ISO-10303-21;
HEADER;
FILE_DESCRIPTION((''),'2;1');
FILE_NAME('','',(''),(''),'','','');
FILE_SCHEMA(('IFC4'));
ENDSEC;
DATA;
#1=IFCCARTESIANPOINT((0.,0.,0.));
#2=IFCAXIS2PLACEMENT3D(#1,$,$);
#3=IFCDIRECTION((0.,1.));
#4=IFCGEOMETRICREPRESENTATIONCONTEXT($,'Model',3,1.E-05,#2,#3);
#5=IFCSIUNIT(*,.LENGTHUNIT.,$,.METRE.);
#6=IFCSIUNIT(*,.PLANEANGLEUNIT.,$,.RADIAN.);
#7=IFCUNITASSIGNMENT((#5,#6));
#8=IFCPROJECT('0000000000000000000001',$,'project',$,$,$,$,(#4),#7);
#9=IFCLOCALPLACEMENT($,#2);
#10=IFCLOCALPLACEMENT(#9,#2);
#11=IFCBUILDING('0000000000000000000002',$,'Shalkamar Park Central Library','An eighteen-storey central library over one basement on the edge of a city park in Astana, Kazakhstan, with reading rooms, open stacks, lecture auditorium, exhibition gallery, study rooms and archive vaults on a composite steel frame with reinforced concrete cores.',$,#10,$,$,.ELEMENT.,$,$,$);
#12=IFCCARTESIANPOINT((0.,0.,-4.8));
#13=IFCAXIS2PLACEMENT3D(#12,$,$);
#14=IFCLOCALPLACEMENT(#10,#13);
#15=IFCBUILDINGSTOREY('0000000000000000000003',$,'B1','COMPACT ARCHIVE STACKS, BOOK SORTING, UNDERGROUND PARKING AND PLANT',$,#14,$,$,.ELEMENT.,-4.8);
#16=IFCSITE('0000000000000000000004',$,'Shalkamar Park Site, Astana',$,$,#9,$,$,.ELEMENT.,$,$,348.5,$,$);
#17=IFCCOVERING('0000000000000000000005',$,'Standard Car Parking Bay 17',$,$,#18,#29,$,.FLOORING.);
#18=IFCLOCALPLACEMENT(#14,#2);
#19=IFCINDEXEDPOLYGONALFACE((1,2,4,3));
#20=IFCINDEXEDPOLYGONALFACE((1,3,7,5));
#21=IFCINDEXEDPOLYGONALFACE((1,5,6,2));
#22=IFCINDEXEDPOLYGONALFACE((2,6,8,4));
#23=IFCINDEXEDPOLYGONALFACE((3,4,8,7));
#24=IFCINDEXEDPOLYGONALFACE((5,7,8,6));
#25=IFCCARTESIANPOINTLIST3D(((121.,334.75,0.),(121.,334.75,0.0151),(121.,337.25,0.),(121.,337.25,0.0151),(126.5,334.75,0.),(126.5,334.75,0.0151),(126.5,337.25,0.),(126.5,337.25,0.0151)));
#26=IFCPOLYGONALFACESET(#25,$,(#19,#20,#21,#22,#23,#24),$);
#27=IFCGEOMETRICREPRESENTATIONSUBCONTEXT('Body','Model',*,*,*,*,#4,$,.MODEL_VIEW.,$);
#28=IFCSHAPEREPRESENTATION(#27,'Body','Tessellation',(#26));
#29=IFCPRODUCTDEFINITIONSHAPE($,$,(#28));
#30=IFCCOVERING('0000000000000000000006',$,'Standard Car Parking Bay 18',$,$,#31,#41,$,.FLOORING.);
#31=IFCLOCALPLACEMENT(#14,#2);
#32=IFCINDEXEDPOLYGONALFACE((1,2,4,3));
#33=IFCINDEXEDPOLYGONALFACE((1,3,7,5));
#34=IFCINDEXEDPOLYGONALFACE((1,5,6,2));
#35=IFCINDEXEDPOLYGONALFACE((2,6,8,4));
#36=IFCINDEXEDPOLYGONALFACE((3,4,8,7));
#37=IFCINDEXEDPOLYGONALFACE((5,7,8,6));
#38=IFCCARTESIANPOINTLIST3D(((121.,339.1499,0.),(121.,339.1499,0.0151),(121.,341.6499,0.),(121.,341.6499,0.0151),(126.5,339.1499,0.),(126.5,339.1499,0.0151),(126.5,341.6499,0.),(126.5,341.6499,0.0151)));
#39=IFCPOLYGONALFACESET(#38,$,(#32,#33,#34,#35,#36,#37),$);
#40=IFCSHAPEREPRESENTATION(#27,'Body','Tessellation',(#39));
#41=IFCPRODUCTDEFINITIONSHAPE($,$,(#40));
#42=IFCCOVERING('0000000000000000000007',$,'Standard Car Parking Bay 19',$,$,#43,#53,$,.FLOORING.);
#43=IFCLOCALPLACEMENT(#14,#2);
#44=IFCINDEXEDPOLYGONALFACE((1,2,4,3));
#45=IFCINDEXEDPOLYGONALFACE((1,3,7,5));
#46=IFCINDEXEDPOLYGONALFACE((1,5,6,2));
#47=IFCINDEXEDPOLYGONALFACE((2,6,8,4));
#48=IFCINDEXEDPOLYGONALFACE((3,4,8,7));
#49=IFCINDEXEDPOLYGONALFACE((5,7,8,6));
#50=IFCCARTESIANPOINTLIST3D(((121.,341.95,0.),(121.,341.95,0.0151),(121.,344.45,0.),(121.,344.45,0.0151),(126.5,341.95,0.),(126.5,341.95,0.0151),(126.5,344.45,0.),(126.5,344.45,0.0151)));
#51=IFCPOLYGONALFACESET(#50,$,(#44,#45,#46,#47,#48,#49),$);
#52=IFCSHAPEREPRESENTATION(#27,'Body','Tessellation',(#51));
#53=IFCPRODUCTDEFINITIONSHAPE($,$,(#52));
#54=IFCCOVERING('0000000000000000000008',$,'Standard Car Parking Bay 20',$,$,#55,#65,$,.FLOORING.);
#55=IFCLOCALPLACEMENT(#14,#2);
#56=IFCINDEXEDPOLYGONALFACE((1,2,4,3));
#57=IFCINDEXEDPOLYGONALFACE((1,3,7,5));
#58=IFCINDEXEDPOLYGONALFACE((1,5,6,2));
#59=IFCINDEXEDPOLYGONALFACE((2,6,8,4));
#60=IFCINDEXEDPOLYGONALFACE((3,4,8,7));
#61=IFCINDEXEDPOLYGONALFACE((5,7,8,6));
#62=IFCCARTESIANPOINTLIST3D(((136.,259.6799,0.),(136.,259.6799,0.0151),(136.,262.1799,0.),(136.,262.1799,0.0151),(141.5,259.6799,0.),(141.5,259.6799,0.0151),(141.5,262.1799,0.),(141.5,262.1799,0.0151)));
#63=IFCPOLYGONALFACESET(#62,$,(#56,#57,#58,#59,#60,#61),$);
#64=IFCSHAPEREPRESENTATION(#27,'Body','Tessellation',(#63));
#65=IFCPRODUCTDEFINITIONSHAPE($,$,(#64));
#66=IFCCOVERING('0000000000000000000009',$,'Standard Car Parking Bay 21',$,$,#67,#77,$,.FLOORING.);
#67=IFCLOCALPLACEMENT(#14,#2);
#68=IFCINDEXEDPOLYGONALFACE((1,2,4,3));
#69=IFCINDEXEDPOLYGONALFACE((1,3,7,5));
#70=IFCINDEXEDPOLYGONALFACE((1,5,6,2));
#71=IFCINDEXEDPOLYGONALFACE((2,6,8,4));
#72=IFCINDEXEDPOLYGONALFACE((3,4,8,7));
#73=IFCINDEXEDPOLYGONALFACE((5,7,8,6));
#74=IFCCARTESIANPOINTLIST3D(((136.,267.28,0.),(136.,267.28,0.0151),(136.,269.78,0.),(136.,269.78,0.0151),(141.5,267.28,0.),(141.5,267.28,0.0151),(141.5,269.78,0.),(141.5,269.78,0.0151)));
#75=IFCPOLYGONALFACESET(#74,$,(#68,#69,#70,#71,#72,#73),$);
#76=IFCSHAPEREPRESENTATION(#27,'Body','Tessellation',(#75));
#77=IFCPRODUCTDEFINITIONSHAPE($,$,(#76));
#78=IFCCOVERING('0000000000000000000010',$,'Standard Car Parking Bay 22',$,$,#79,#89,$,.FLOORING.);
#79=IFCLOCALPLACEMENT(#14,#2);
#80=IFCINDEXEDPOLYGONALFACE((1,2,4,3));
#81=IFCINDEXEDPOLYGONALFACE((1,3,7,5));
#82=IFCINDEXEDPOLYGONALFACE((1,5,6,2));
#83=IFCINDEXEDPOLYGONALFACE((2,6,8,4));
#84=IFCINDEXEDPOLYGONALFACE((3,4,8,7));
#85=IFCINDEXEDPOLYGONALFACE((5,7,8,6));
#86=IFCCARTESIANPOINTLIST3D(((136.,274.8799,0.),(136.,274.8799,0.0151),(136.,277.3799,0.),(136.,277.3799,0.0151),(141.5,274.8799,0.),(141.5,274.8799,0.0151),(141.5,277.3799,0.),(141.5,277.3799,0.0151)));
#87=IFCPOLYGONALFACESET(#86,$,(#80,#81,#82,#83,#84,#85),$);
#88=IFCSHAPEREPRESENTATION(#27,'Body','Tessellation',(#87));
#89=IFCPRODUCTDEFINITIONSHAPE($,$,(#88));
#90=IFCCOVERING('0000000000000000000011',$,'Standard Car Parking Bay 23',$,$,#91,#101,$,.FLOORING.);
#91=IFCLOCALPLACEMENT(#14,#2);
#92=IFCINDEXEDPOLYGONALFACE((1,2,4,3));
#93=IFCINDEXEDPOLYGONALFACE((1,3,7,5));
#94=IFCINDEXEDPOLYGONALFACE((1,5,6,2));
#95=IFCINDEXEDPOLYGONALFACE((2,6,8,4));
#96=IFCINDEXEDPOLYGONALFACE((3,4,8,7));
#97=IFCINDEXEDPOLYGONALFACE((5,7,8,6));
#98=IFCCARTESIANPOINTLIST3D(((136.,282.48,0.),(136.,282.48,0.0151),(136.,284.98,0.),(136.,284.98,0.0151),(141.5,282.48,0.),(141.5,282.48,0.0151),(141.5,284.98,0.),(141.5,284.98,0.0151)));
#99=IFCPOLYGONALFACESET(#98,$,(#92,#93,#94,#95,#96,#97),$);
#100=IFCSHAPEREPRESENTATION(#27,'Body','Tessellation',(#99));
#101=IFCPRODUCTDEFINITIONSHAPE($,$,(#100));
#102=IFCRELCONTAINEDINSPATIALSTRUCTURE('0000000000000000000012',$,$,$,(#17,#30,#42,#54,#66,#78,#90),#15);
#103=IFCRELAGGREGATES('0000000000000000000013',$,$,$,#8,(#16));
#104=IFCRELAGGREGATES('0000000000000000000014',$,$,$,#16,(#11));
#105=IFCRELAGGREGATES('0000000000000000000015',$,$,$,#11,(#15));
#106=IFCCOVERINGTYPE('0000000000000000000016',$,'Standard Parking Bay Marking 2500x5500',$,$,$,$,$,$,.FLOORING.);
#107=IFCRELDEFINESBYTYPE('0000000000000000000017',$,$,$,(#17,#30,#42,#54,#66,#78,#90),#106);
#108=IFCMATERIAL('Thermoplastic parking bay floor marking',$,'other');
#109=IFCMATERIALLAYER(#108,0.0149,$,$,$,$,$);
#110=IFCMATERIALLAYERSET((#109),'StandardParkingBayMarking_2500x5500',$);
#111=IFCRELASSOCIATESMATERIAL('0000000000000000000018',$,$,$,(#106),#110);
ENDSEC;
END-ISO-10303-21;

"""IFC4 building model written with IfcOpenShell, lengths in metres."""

from ifc_helpers import new_model, si_unit, direction, frame, origin, place, context, subcontext, project, spatial, polyline, outline, extrude, material, layer, layer_set, type_object, element, save


model = new_model("IFC4")

# Units and contexts
model_context = context("Model", 3, precision=1e-05, world=origin(), true_north=direction((0.0, 1.0)))
body_context = subcontext(model_context, "Body", "Model", "MODEL_VIEW")
ifc_project = project(units=[si_unit("LENGTHUNIT", "METRE"), si_unit("PLANEANGLEUNIT", "RADIAN")], contexts=[model_context])

# Site, building, storey
site_placement = place(None, origin())
site = spatial("IfcSite", under=ifc_project, at=site_placement, Name="Shalkamar Park Site, Astana", CompositionType="ELEMENT", RefElevation=348.5)
building_placement = place(site_placement, origin())
building = spatial("IfcBuilding", under=site, at=building_placement, Name="Shalkamar Park Central Library", Description="An eighteen-storey central library over one basement on the edge of a city park in Astana, Kazakhstan, with reading rooms, open stacks, lecture auditorium, exhibition gallery, study rooms and archive vaults on a composite steel frame with reinforced concrete cores.", CompositionType="ELEMENT")
storey_placement = place(building_placement, frame((0.0, 0.0, -4.8)))
storey = spatial("IfcBuildingStorey", under=building, at=storey_placement, Name="B1", Description="COMPACT ARCHIVE STACKS, BOOK SORTING, UNDERGROUND PARKING AND PLANT", CompositionType="ELEMENT", Elevation=-4.8)

# Coverings
ifc_material_1 = material(Name="Thermoplastic parking bay floor marking", Category="other")
ifc_layer_1 = layer(ifc_material_1, 0.0149)
ifc_layer_set_1 = layer_set([ifc_layer_1], Name="StandardParkingBayMarking_2500x5500")
covering_type_1 = type_object("IfcCoveringType", Name="Standard Parking Bay Marking 2500x5500", PredefinedType="FLOORING", material=ifc_layer_set_1)
covering_1_placement = place(storey_placement, origin())
element("IfcCovering", 1, at=covering_1_placement, inside=storey, type_object=covering_type_1, Name="Standard Car Parking Bay 17", PredefinedType="FLOORING", context=body_context, shape_type="SweptSolid", body=[
    extrude(outline(polyline([(121.0, 334.75), (126.5, 334.75), (126.5, 337.25), (121.0, 337.25), (121.0, 334.75)])), origin(), (0.0, 0.0, 1.0), 0.0151),
])
covering_2_placement = place(storey_placement, origin())
element("IfcCovering", 2, at=covering_2_placement, inside=storey, type_object=covering_type_1, Name="Standard Car Parking Bay 18", PredefinedType="FLOORING", context=body_context, shape_type="SweptSolid", body=[
    extrude(outline(polyline([(121.0, 339.1499), (126.5, 339.1499), (126.5, 341.6499), (121.0, 341.6499), (121.0, 339.1499)])), origin(), (0.0, 0.0, 1.0), 0.0151),
])
covering_3_placement = place(storey_placement, origin())
element("IfcCovering", 3, at=covering_3_placement, inside=storey, type_object=covering_type_1, Name="Standard Car Parking Bay 19", PredefinedType="FLOORING", context=body_context, shape_type="SweptSolid", body=[
    extrude(outline(polyline([(121.0, 341.95), (126.5, 341.95), (126.5, 344.45), (121.0, 344.45), (121.0, 341.95)])), origin(), (0.0, 0.0, 1.0), 0.0151),
])
covering_4_placement = place(storey_placement, origin())
element("IfcCovering", 4, at=covering_4_placement, inside=storey, type_object=covering_type_1, Name="Standard Car Parking Bay 20", PredefinedType="FLOORING", context=body_context, shape_type="SweptSolid", body=[
    extrude(outline(polyline([(136.0, 259.6799), (141.5, 259.6799), (141.5, 262.1799), (136.0, 262.1799), (136.0, 259.6799)])), origin(), (0.0, 0.0, 1.0), 0.0151),
])
covering_5_placement = place(storey_placement, origin())
element("IfcCovering", 5, at=covering_5_placement, inside=storey, type_object=covering_type_1, Name="Standard Car Parking Bay 21", PredefinedType="FLOORING", context=body_context, shape_type="SweptSolid", body=[
    extrude(outline(polyline([(136.0, 267.28), (141.5, 267.28), (141.5, 269.78), (136.0, 269.78), (136.0, 267.28)])), origin(), (0.0, 0.0, 1.0), 0.0151),
])
covering_6_placement = place(storey_placement, origin())
element("IfcCovering", 6, at=covering_6_placement, inside=storey, type_object=covering_type_1, Name="Standard Car Parking Bay 22", PredefinedType="FLOORING", context=body_context, shape_type="SweptSolid", body=[
    extrude(outline(polyline([(136.0, 274.8799), (141.5, 274.8799), (141.5, 277.3799), (136.0, 277.3799), (136.0, 274.8799)])), origin(), (0.0, 0.0, 1.0), 0.0151),
])
covering_7_placement = place(storey_placement, origin())
element("IfcCovering", 7, at=covering_7_placement, inside=storey, type_object=covering_type_1, Name="Standard Car Parking Bay 23", PredefinedType="FLOORING", context=body_context, shape_type="SweptSolid", body=[
    extrude(outline(polyline([(136.0, 282.48), (141.5, 282.48), (141.5, 284.98), (136.0, 284.98), (136.0, 282.48)])), origin(), (0.0, 0.0, 1.0), 0.0151),
])

save(model, "model.ifc")
